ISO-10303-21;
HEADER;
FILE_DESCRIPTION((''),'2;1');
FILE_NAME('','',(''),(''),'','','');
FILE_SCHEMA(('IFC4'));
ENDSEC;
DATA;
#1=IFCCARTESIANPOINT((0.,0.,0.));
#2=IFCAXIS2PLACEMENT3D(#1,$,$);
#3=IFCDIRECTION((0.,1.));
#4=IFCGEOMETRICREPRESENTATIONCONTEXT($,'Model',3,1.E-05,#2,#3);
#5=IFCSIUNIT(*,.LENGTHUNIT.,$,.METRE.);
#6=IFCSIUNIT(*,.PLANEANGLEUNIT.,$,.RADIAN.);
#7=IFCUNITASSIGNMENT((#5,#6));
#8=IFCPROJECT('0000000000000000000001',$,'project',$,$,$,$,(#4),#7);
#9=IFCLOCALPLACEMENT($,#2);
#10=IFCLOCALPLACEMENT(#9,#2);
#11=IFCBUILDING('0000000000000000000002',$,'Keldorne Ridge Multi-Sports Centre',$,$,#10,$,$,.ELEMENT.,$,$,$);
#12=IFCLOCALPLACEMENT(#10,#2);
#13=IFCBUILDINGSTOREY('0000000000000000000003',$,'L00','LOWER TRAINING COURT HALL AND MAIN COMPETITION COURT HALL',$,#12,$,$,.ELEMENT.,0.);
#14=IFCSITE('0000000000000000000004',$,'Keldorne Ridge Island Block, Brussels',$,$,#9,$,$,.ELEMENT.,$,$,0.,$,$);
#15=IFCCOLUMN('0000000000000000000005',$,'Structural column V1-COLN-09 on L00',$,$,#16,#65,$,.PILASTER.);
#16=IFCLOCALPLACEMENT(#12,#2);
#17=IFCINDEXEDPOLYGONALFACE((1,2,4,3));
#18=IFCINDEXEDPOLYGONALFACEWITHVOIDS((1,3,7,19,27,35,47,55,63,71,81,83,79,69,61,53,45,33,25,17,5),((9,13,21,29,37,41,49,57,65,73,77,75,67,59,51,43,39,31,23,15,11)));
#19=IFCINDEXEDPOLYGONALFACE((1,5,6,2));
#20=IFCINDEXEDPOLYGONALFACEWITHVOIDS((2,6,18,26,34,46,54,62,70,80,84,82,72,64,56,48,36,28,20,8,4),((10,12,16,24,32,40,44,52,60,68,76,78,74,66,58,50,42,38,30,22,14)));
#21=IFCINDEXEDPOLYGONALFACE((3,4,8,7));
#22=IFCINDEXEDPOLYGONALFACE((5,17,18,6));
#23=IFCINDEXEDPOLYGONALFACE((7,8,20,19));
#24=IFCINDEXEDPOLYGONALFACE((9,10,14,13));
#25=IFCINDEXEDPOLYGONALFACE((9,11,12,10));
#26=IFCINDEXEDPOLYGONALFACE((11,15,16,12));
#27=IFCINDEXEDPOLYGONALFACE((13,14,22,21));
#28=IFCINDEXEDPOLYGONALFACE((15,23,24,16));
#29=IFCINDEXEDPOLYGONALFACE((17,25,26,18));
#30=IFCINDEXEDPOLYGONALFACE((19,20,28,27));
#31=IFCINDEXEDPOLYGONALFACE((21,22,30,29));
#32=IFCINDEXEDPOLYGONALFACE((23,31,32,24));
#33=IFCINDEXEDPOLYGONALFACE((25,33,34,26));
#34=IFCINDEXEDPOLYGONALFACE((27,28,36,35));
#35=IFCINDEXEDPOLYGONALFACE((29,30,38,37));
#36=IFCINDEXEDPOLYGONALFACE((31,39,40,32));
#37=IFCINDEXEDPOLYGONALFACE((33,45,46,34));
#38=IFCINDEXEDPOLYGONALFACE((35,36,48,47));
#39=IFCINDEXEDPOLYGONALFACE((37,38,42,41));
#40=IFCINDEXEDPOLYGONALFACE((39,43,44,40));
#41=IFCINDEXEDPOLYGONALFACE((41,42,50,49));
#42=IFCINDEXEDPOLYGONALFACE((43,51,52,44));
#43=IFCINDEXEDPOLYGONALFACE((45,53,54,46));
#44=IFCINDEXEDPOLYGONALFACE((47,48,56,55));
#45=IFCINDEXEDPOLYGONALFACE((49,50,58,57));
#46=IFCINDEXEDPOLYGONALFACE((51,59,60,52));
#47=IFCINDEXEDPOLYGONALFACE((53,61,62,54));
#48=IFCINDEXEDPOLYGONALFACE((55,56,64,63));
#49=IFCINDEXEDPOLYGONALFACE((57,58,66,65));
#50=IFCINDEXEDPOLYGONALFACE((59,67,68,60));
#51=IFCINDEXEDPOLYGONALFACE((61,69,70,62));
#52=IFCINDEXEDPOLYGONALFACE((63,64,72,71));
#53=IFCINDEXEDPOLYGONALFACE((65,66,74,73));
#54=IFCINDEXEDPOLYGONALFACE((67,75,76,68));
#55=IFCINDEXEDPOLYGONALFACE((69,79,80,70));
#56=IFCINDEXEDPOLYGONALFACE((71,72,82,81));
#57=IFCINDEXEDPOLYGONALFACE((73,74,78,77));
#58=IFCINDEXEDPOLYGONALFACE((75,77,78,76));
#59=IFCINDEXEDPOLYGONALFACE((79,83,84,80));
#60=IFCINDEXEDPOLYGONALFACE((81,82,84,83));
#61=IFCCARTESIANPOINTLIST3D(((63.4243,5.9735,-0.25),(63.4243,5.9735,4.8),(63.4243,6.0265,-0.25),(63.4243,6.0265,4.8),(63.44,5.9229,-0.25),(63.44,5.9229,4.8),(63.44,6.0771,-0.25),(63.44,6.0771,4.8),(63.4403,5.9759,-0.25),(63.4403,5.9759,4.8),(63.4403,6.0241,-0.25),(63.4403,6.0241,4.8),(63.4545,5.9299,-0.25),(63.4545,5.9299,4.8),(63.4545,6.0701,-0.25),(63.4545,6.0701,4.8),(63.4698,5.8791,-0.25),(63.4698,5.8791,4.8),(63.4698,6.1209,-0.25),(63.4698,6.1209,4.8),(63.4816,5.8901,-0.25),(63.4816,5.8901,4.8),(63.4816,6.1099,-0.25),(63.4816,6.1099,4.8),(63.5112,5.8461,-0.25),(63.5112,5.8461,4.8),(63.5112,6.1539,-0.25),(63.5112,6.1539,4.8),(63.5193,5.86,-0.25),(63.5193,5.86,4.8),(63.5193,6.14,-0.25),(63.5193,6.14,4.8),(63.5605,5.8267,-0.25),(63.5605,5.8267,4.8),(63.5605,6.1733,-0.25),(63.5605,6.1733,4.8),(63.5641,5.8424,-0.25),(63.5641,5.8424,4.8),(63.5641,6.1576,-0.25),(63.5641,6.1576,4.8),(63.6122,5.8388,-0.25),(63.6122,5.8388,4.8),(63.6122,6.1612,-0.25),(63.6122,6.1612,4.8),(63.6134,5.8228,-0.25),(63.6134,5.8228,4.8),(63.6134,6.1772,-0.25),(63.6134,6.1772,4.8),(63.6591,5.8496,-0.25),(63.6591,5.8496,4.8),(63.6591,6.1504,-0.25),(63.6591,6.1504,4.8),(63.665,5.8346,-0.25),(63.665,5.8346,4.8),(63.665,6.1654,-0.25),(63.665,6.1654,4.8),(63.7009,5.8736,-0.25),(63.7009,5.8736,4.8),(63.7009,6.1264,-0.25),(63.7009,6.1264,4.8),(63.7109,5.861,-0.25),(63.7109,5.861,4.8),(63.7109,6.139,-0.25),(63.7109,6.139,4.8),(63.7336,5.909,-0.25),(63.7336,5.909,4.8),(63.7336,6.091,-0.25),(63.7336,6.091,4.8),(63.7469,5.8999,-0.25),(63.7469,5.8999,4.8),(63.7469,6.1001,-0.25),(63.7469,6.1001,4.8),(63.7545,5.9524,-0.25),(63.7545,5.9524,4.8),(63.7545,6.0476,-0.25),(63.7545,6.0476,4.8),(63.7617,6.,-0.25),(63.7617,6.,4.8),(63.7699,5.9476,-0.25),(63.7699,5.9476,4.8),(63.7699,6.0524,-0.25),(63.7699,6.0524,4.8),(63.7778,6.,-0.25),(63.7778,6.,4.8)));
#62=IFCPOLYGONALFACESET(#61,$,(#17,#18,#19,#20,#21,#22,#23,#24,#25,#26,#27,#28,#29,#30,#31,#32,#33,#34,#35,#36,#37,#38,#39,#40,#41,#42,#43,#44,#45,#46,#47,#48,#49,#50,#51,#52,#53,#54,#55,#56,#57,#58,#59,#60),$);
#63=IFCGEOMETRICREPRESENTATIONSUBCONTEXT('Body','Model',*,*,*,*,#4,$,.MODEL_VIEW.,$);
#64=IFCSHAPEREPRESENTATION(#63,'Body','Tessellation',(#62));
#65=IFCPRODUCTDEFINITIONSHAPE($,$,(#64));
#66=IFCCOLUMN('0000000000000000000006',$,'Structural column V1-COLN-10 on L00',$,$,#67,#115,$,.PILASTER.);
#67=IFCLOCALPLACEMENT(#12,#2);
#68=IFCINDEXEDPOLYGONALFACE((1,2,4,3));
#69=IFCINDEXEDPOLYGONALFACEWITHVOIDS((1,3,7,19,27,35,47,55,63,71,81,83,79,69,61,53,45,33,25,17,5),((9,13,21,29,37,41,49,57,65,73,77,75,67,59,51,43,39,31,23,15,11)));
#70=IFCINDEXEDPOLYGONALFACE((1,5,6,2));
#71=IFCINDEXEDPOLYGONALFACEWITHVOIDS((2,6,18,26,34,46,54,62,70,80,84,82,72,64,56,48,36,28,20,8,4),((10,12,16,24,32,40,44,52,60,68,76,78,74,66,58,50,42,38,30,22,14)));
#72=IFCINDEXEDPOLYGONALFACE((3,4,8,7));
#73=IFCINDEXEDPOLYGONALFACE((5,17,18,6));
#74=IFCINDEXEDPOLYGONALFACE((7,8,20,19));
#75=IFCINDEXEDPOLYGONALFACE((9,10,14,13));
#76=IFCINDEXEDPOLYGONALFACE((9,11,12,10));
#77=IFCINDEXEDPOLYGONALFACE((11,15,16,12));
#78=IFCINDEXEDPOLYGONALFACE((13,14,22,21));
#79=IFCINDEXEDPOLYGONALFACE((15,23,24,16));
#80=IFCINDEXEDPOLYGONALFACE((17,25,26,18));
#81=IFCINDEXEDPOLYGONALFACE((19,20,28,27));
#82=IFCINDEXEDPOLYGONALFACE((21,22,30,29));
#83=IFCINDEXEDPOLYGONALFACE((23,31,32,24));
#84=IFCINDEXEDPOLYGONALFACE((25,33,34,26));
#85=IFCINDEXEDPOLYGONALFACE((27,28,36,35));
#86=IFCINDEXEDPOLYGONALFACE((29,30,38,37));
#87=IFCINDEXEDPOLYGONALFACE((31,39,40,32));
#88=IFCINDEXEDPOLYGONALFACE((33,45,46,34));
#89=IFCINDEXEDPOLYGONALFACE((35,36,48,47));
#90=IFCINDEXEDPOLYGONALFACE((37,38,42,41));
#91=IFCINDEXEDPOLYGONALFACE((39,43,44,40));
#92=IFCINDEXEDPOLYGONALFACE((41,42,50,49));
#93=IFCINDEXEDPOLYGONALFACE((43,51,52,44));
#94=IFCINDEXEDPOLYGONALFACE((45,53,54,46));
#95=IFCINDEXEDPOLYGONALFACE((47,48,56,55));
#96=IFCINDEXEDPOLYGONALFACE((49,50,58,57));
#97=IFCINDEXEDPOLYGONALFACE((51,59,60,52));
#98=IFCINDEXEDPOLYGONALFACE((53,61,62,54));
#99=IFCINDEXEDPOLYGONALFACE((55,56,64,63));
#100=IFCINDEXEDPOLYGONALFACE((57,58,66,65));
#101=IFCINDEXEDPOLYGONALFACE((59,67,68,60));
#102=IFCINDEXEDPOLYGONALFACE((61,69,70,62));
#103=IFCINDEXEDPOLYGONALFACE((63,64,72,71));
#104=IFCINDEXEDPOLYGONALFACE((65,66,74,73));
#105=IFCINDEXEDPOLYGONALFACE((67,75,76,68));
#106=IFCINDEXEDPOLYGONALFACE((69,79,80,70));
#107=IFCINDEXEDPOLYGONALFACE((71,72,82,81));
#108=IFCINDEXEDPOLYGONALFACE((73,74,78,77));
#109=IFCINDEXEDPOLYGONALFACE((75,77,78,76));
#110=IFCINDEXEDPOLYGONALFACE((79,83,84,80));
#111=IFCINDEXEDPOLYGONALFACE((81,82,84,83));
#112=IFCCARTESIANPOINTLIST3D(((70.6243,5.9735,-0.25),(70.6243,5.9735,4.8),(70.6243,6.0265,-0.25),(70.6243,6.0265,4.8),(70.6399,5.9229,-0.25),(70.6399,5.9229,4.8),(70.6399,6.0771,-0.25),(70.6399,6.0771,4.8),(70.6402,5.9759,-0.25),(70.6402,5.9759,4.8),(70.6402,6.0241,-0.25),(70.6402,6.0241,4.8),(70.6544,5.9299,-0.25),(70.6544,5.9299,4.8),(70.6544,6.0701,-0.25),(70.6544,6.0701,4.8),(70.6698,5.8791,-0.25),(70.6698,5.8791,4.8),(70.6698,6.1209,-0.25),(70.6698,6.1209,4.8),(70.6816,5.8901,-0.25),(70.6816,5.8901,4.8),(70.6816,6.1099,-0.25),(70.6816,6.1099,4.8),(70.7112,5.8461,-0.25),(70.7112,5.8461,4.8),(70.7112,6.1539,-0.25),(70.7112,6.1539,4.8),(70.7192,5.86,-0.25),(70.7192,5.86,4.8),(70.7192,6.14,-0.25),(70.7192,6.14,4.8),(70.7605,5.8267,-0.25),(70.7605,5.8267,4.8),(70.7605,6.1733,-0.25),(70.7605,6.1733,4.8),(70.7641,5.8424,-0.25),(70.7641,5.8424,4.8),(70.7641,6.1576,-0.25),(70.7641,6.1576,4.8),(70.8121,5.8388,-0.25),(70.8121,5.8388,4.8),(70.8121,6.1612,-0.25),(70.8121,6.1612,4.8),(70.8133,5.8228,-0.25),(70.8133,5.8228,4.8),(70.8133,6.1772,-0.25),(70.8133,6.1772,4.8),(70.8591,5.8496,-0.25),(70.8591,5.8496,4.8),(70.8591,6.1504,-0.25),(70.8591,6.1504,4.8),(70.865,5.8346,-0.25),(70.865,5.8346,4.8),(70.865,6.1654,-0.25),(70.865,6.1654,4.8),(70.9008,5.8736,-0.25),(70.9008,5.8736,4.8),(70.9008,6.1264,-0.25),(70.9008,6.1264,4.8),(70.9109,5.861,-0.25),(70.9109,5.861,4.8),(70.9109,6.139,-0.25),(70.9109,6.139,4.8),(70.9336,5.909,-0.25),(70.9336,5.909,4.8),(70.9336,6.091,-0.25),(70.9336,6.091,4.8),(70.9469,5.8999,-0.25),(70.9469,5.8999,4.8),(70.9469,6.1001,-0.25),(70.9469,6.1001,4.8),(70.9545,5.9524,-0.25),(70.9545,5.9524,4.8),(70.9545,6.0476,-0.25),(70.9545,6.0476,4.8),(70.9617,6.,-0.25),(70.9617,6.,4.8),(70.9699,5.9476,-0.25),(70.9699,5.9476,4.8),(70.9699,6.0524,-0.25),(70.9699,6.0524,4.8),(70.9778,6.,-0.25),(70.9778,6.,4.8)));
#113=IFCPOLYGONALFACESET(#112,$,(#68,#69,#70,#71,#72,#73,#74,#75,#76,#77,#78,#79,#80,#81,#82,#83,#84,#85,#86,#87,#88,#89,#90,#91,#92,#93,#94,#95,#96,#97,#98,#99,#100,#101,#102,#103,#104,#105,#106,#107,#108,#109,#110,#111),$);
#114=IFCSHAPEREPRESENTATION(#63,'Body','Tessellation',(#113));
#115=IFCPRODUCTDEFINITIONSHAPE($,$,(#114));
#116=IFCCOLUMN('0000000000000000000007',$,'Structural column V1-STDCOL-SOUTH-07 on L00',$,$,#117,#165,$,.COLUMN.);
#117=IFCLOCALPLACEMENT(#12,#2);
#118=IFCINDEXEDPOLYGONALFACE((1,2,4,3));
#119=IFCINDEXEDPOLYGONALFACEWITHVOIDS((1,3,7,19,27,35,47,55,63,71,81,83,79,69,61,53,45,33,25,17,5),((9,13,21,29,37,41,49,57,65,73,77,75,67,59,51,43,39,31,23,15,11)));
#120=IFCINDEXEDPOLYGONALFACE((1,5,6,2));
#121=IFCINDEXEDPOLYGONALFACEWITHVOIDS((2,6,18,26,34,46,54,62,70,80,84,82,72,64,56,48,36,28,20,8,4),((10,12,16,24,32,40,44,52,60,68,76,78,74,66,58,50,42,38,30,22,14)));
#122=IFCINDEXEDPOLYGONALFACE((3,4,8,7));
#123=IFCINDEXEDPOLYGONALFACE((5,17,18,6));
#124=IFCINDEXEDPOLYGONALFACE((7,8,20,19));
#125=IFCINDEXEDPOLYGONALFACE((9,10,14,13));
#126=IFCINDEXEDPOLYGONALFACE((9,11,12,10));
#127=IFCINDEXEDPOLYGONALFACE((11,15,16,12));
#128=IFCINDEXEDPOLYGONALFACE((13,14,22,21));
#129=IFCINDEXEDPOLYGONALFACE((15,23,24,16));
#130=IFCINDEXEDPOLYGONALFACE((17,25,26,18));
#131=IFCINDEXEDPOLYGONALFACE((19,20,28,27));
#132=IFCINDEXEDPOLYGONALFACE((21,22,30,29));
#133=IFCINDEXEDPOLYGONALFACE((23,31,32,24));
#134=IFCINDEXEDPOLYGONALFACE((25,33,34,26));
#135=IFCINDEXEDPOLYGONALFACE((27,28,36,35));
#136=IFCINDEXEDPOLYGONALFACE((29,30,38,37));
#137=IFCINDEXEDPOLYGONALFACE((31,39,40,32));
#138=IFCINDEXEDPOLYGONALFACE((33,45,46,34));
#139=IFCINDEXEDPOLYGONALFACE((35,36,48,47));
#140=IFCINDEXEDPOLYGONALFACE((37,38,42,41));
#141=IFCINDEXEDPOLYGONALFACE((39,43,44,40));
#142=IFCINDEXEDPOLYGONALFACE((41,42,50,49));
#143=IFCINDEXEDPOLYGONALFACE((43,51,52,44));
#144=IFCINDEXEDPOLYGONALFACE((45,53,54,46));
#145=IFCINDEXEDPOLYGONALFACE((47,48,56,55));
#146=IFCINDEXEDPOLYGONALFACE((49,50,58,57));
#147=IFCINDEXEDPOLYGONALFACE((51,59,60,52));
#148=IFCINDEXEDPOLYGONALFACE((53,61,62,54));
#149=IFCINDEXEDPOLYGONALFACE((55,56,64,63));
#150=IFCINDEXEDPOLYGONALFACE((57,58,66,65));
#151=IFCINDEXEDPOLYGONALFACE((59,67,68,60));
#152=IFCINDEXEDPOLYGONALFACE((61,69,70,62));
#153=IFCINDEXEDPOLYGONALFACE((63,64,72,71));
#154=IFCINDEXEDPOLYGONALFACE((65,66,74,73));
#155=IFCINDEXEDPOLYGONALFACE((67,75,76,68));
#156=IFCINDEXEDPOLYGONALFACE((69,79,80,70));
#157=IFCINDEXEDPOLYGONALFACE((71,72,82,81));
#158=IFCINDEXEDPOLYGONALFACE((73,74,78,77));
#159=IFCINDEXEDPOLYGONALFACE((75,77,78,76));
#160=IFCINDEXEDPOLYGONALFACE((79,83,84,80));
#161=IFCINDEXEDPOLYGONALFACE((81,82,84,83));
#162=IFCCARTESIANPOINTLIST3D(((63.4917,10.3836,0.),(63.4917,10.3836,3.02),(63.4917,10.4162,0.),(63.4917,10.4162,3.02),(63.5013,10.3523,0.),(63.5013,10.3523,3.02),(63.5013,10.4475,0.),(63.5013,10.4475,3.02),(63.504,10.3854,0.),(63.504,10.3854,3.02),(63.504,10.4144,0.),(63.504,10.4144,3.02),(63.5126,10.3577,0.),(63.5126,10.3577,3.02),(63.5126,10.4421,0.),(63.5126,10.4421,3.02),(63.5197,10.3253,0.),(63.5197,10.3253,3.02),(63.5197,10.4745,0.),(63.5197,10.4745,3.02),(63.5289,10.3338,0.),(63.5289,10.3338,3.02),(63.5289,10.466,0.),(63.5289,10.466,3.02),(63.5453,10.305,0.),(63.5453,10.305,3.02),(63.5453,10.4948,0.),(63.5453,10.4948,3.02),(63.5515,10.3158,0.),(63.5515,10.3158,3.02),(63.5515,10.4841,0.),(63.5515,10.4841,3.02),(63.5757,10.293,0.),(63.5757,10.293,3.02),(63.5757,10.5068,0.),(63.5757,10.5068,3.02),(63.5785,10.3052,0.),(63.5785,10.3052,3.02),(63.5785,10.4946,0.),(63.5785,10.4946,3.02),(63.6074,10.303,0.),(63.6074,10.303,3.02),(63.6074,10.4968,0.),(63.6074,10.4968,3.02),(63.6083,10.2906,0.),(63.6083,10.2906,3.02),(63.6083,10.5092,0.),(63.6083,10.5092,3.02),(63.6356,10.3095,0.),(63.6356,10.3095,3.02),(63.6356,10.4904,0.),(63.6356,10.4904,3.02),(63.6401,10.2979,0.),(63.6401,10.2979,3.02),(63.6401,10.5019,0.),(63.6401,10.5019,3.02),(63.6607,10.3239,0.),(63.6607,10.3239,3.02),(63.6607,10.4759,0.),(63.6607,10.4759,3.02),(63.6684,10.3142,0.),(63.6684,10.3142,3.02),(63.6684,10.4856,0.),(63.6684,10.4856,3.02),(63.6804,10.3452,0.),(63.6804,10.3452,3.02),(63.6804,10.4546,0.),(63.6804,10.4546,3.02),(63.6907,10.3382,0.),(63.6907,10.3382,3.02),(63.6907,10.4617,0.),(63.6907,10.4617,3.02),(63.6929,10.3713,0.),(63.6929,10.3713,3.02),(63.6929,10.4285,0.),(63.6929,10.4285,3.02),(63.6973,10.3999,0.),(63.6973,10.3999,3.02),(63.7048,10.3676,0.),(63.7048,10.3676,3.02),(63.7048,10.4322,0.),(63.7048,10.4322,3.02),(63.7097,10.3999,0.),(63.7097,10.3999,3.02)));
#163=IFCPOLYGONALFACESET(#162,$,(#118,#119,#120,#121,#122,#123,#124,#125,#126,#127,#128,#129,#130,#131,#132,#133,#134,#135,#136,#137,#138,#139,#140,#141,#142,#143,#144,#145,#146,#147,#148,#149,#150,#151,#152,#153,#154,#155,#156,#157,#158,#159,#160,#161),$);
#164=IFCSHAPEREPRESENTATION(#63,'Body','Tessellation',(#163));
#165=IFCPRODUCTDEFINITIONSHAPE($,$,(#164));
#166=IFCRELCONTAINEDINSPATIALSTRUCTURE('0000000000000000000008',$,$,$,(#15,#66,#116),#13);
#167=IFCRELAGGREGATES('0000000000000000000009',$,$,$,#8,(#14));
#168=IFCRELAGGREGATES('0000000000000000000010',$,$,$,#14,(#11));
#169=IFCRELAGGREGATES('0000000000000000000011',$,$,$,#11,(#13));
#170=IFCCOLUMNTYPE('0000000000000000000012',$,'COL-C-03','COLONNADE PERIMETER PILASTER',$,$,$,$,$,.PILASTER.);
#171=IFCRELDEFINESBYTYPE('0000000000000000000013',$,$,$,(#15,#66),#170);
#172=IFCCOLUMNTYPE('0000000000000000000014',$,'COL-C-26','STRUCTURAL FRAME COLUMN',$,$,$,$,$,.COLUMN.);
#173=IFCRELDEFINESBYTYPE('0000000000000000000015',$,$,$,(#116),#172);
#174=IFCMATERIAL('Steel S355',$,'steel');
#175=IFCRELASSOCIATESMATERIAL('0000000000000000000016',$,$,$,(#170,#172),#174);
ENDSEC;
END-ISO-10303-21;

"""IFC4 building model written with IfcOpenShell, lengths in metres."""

from ifc_helpers import new_model, si_unit, direction, frame, origin, origin_2d, place, context, subcontext, project, spatial, hollow_circle, extrude, material, material_profile, profile_set, type_object, element, save


model = new_model("IFC4")

# Units and contexts
model_context = context("Model", 3, precision=1e-05, world=origin(), true_north=direction((0.0, 1.0)))
body_context = subcontext(model_context, "Body", "Model", "MODEL_VIEW")
ifc_project = project(units=[si_unit("LENGTHUNIT", "METRE"), si_unit("PLANEANGLEUNIT", "RADIAN")], contexts=[model_context])

# Site, building, storey
site_placement = place(None, origin())
site = spatial("IfcSite", under=ifc_project, at=site_placement, Name="Keldorne Ridge Island Block, Brussels", CompositionType="ELEMENT", RefElevation=0.0)
building_placement = place(site_placement, origin())
building = spatial("IfcBuilding", under=site, at=building_placement, Name="Keldorne Ridge Multi-Sports Centre", CompositionType="ELEMENT")
storey_placement = place(building_placement, origin())
storey = spatial("IfcBuildingStorey", under=building, at=storey_placement, Name="L00", Description="LOWER TRAINING COURT HALL AND MAIN COMPETITION COURT HALL", CompositionType="ELEMENT", Elevation=0.0)

# Columns
ifc_material_1 = material(Name="Steel S355", Category="steel")
ifc_material_profile_1 = material_profile(ifc_material_1, hollow_circle(Radius=0.1777, WallThickness=0.0161, at=origin_2d()), Name="CHS 355.6x16")
ifc_profile_set_1 = profile_set([ifc_material_profile_1], Name="Steel S355")
column_type_1 = type_object("IfcColumnType", Name="COL-C-03", Description="COLONNADE PERIMETER PILASTER", PredefinedType="PILASTER", material=ifc_profile_set_1)
for number, where, z_axis, x_axis, name in (
    (1, (63.6001, 6.0, -0.25), (0.0, 0.0, 1.0), (1.0, 0.0, 0.0), "Structural column V1-COLN-09 on L00"),
    (2, (70.8, 6.0, -0.25), (0.0, 0.0, 1.0), (1.0, 0.0, 0.0), "Structural column V1-COLN-10 on L00"),
):
    element("IfcColumn", number, at=place(storey_placement, frame(where, z_axis=z_axis, x_axis=x_axis)), inside=storey, type_object=column_type_1, Name=name, PredefinedType="PILASTER", context=body_context, shape_type="SweptSolid", body=[
        extrude(hollow_circle(Radius=0.1777, WallThickness=0.0161, at=origin_2d()), origin(), (0.0, 0.0, 1.0), 5.05),
    ])
ifc_material_profile_2 = material_profile(ifc_material_1, hollow_circle(Radius=0.1096, WallThickness=0.0125, at=origin_2d()), Name="CHS 219.1x12.5")
ifc_profile_set_2 = profile_set([ifc_material_profile_2], Name="Steel S355")
column_type_2 = type_object("IfcColumnType", Name="COL-C-26", Description="STRUCTURAL FRAME COLUMN", PredefinedType="COLUMN", material=ifc_profile_set_2)
column_1_placement = place(storey_placement, frame((63.6001, 10.3999, 0.0), z_axis=(0.0, 0.0, 1.0), x_axis=(1.0, 0.0, 0.0)))
element("IfcColumn", 3, at=column_1_placement, inside=storey, type_object=column_type_2, Name="Structural column V1-STDCOL-SOUTH-07 on L00", PredefinedType="COLUMN", context=body_context, shape_type="SweptSolid", body=[
    extrude(hollow_circle(Radius=0.1096, WallThickness=0.0125, at=origin_2d()), origin(), (0.0, 0.0, 1.0), 3.02),
])

save(model, "model.ifc")
